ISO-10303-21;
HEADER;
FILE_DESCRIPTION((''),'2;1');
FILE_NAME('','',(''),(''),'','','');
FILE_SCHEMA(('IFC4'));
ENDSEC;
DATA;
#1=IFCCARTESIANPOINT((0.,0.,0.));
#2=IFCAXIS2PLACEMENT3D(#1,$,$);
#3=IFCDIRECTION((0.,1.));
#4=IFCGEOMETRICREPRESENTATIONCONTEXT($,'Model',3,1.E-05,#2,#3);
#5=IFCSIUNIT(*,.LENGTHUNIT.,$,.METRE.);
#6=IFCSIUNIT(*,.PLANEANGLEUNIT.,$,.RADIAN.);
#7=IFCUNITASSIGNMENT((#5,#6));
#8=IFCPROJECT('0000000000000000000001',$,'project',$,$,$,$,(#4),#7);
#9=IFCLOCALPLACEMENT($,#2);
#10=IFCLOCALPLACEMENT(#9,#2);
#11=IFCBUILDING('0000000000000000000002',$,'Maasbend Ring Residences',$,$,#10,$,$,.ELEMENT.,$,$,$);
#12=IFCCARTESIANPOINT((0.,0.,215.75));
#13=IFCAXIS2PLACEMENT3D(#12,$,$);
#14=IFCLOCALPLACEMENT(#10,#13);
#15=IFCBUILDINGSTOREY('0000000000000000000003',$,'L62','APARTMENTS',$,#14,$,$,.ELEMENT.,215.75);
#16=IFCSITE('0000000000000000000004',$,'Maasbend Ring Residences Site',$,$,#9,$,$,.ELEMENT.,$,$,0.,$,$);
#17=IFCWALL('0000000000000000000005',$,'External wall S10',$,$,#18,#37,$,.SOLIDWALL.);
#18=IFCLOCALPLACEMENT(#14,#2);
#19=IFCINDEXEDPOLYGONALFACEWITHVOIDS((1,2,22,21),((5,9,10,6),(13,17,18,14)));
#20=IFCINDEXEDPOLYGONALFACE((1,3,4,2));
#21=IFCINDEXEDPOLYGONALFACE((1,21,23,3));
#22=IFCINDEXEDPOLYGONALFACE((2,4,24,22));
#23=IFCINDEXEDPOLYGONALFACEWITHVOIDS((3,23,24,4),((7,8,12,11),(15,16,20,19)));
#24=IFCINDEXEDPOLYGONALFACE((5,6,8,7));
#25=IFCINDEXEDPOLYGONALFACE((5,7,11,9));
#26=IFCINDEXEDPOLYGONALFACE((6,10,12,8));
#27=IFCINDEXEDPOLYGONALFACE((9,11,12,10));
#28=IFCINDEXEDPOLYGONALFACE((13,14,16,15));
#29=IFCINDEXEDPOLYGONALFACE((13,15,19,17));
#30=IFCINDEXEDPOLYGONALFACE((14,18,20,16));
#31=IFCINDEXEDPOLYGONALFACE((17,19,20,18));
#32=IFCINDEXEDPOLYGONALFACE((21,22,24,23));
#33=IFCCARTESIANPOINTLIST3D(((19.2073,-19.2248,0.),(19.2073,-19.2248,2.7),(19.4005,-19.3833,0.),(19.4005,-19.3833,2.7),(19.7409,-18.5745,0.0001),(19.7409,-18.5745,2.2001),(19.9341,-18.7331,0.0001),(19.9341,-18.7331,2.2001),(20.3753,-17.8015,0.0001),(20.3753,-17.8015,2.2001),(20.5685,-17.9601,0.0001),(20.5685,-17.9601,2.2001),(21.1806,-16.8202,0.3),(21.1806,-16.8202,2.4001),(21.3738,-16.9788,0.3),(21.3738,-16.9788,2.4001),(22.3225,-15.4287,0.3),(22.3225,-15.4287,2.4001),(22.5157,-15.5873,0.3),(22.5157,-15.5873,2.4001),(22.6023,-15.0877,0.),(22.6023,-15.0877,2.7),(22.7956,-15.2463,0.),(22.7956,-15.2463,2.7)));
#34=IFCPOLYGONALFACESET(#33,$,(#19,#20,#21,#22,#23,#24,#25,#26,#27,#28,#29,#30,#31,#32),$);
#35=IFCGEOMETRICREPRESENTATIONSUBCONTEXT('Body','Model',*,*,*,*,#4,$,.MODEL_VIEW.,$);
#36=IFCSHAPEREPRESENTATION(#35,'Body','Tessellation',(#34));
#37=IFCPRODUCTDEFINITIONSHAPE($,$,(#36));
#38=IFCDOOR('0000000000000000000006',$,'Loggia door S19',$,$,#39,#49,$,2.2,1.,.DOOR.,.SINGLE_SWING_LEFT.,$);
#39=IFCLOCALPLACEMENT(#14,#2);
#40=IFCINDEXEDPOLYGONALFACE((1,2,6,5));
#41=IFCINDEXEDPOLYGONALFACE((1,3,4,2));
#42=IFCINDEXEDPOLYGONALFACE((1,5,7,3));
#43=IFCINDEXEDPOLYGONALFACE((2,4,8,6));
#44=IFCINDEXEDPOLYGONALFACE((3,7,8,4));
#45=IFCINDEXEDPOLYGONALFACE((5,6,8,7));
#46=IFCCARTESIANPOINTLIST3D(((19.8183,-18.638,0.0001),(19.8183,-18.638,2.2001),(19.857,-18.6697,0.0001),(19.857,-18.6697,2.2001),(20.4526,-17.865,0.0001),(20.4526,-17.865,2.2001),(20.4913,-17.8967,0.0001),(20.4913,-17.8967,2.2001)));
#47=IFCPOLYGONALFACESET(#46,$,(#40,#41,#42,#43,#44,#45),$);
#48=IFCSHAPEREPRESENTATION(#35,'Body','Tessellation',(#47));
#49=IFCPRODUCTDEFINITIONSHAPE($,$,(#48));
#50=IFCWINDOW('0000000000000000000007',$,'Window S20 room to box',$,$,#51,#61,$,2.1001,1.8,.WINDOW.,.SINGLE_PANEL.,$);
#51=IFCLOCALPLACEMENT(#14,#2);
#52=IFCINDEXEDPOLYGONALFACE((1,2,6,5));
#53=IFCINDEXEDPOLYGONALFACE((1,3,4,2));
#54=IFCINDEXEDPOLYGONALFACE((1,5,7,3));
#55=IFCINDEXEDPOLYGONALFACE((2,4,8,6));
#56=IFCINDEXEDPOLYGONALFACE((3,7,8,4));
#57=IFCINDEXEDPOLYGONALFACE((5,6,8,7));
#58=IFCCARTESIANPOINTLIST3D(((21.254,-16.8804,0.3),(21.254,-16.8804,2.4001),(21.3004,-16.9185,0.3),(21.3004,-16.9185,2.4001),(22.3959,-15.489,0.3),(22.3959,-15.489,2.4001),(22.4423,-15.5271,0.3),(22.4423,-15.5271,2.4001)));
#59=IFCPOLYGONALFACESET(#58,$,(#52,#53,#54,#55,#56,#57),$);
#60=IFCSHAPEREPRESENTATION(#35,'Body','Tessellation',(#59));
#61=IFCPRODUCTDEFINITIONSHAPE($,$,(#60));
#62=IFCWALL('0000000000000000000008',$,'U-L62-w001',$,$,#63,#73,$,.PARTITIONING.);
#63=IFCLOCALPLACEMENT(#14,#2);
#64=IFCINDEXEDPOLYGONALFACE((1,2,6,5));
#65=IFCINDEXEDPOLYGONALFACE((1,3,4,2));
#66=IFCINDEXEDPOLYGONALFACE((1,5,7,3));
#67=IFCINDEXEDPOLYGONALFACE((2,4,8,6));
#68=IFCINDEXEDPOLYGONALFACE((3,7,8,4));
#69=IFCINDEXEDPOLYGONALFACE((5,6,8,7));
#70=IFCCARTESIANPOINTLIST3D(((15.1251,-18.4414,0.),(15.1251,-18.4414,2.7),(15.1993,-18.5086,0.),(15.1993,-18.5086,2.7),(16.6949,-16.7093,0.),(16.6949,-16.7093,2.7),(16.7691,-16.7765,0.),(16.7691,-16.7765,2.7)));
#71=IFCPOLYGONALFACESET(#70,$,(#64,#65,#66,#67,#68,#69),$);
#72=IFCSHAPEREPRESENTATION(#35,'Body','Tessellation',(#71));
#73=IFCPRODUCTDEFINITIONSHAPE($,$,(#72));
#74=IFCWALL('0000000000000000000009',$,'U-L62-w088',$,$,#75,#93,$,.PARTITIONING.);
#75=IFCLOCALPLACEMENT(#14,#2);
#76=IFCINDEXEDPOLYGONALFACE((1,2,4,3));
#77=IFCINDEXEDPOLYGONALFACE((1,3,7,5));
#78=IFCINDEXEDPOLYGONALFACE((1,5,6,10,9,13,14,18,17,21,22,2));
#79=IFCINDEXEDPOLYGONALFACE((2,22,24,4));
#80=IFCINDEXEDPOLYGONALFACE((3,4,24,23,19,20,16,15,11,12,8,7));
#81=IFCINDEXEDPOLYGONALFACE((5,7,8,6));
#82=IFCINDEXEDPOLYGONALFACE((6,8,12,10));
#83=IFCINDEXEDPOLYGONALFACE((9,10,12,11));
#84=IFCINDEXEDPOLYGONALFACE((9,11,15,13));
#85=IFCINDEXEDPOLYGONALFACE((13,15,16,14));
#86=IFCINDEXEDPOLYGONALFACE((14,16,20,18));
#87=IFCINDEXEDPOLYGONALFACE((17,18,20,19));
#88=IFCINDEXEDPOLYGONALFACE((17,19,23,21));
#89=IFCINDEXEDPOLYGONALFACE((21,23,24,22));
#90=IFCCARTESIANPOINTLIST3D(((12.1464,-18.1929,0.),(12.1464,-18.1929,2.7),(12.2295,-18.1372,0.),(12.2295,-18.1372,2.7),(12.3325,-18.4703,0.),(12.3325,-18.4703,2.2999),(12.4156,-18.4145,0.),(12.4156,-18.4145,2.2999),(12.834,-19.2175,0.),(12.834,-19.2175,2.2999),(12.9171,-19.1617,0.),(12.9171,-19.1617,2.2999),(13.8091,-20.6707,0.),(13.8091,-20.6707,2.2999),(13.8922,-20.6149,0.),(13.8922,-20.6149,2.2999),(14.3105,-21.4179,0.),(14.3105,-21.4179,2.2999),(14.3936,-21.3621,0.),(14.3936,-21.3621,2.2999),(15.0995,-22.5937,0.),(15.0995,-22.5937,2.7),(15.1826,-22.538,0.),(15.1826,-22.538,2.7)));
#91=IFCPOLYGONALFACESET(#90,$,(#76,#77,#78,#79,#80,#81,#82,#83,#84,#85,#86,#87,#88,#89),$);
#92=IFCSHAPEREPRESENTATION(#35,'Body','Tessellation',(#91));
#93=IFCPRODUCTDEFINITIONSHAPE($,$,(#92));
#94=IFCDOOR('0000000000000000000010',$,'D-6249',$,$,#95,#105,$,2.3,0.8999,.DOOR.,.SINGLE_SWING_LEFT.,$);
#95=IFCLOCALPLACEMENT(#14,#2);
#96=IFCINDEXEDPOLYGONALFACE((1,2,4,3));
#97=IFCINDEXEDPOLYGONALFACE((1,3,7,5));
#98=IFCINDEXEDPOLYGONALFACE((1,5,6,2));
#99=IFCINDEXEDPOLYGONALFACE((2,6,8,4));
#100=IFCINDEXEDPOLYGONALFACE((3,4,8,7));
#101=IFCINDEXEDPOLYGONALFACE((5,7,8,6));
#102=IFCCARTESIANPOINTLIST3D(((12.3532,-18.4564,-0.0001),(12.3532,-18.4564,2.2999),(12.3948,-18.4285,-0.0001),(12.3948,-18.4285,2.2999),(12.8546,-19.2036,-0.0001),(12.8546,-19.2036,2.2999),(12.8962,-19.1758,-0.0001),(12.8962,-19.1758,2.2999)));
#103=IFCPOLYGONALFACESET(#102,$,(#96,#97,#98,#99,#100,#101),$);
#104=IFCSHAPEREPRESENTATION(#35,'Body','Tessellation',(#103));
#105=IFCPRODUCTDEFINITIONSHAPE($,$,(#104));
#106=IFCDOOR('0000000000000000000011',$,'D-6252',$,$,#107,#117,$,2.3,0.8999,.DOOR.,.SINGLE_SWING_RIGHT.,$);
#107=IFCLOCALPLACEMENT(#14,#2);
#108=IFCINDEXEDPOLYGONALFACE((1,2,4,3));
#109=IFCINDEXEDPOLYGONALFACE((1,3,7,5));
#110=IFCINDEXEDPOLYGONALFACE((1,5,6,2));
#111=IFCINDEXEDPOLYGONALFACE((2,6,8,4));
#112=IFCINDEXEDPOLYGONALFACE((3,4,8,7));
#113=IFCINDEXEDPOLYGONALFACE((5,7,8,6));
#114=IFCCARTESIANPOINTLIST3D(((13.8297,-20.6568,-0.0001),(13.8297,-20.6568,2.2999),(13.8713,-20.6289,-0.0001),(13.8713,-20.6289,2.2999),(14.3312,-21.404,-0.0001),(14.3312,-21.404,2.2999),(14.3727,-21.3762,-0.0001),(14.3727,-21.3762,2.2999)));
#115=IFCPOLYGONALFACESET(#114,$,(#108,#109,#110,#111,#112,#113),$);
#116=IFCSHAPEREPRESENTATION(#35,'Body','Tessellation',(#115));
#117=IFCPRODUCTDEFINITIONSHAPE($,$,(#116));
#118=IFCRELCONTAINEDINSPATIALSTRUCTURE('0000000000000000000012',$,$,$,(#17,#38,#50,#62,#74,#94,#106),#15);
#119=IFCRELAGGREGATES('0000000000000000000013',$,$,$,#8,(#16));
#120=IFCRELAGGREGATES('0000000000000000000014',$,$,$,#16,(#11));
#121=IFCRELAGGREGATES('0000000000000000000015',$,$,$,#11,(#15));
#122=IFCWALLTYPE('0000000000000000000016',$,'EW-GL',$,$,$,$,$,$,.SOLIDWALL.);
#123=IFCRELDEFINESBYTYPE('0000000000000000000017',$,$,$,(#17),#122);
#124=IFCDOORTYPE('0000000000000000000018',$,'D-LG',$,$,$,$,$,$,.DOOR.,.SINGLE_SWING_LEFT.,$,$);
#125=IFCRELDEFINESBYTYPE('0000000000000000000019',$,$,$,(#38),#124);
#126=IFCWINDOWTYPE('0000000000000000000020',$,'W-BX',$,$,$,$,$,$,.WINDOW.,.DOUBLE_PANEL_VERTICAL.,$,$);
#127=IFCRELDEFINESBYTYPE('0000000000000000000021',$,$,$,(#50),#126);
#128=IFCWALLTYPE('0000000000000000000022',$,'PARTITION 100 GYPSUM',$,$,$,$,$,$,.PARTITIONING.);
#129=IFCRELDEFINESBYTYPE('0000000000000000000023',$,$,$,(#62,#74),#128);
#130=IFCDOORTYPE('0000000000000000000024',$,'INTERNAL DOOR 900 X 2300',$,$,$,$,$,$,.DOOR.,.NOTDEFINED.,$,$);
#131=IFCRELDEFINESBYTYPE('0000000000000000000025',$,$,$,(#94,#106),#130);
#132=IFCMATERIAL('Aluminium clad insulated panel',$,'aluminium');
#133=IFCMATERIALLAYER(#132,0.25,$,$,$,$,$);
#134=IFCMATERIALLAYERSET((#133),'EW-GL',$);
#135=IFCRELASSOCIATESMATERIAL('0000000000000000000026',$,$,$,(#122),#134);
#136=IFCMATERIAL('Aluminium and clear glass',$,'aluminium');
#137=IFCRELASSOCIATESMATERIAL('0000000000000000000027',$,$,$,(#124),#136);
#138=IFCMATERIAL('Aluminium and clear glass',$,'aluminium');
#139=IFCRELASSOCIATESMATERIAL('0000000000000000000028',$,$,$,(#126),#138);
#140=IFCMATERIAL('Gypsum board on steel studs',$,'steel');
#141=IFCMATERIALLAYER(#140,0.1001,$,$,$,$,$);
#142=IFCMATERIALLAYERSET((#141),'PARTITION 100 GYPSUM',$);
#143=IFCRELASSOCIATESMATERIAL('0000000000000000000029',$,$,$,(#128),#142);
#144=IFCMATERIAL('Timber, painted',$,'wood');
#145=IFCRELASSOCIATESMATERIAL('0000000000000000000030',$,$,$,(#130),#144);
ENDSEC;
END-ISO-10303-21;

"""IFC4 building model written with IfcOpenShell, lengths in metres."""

from ifc_helpers import new_model, si_unit, direction, frame, frame_2d, origin, place, context, subcontext, project, spatial, rectangle, extrude, material, layer, layer_set, type_object, element, fill, save


model = new_model("IFC4")

# Units and contexts
model_context = context("Model", 3, precision=1e-05, world=origin(), true_north=direction((0.0, 1.0)))
body_context = subcontext(model_context, "Body", "Model", "MODEL_VIEW")
ifc_project = project(units=[si_unit("LENGTHUNIT", "METRE"), si_unit("PLANEANGLEUNIT", "RADIAN")], contexts=[model_context])

# Site, building, storey
site_placement = place(None, origin())
site = spatial("IfcSite", under=ifc_project, at=site_placement, Name="Maasbend Ring Residences Site", CompositionType="ELEMENT", RefElevation=0.0)
building_placement = place(site_placement, origin())
building = spatial("IfcBuilding", under=site, at=building_placement, Name="Maasbend Ring Residences", CompositionType="ELEMENT")
storey_placement = place(building_placement, frame((0.0, 0.0, 215.75)))
storey = spatial("IfcBuildingStorey", under=building, at=storey_placement, Name="L62", Description="APARTMENTS", CompositionType="ELEMENT", Elevation=215.75)

# Wall, openings, door, window
ifc_material_1 = material(Name="Aluminium clad insulated panel", Category="aluminium")
ifc_layer_1 = layer(ifc_material_1, 0.25)
ifc_layer_set_1 = layer_set([ifc_layer_1], Name="EW-GL")
wall_type_1 = type_object("IfcWallType", Name="EW-GL", PredefinedType="SOLIDWALL", material=ifc_layer_set_1)
ifc_material_2 = material(Name="Aluminium and clear glass", Category="aluminium")
door_type_1 = type_object("IfcDoorType", Name="D-LG", OperationType="SINGLE_SWING_LEFT", PredefinedType="DOOR", material=ifc_material_2)
ifc_material_3 = material(Name="Aluminium and clear glass", Category="aluminium")
window_type_1 = type_object("IfcWindowType", Name="W-BX", PartitioningType="DOUBLE_PANEL_VERTICAL", PredefinedType="WINDOW", material=ifc_material_3)
wall_1_placement = place(storey_placement, frame((19.304, -19.304, 0.0), z_axis=(0.0, 0.0, 1.0), x_axis=(0.634382, 0.773019, 0.0)))
wall_1 = element("IfcWall", 1, at=wall_1_placement, inside=storey, type_object=wall_type_1, Name="External wall S10", PredefinedType="SOLIDWALL", context=body_context, shape_type="SweptSolid", body=[
    extrude(rectangle(XDim=5.3518, YDim=0.25, at=frame_2d((2.6758, 0.0))), origin(), (0.0, 0.0, 1.0), 2.7),
])
opening_1_placement = place(wall_1_placement, frame((0.8411, 0.0, 0.0)))
opening_1 = element("IfcOpeningElement", 2, at=opening_1_placement, cuts=wall_1, PredefinedType="OPENING", context=body_context, shape_type="SweptSolid", body=[
    extrude(rectangle(XDim=1.0, YDim=2.2, at=frame_2d((0.5, 1.1001))), frame((0.0, 0.135, 0.0), z_axis=(0.0, -1.0, 0.0), x_axis=(1.0, 0.0, 0.0)), (0.0, 0.0, 1.0), 0.27),
])
opening_2_placement = place(wall_1_placement, frame((3.1106, 0.0, 0.3)))
opening_2 = element("IfcOpeningElement", 3, at=opening_2_placement, cuts=wall_1, PredefinedType="OPENING", context=body_context, shape_type="SweptSolid", body=[
    extrude(rectangle(XDim=1.8, YDim=2.1001, at=frame_2d((0.8999, 1.05))), frame((0.0, 0.135, 0.0), z_axis=(0.0, -1.0, 0.0), x_axis=(1.0, 0.0, 0.0)), (0.0, 0.0, 1.0), 0.27),
])
door_1_placement = place(opening_1_placement, origin())
door_1 = element("IfcDoor", 4, at=door_1_placement, inside=storey, type_object=door_type_1, Name="Loggia door S19", OperationType="SINGLE_SWING_LEFT", OverallHeight=2.2, OverallWidth=1.0, PredefinedType="DOOR", context=body_context, shape_type="SweptSolid", body=[
    extrude(rectangle(XDim=1.0, YDim=2.2, at=frame_2d((0.5, 1.1001))), frame((0.0, 0.0249, 0.0), z_axis=(0.0, -1.0, 0.0), x_axis=(1.0, 0.0, 0.0)), (0.0, 0.0, 1.0), 0.05),
])
fill(opening_1, door_1)
window_1_placement = place(opening_2_placement, origin())
window_1 = element("IfcWindow", 5, at=window_1_placement, inside=storey, type_object=window_type_1, Name="Window S20 room to box", OverallHeight=2.1001, OverallWidth=1.8, PartitioningType="SINGLE_PANEL", PredefinedType="WINDOW", context=body_context, shape_type="SweptSolid", body=[
    extrude(rectangle(XDim=1.8, YDim=2.1001, at=frame_2d((0.8999, 1.05))), frame((0.0, 0.03, 0.0), z_axis=(0.0, -1.0, 0.0), x_axis=(1.0, 0.0, 0.0)), (0.0, 0.0, 1.0), 0.0601),
])
fill(opening_2, window_1)

# Wall
ifc_material_4 = material(Name="Gypsum board on steel studs", Category="steel")
ifc_layer_2 = layer(ifc_material_4, 0.1001)
ifc_layer_set_2 = layer_set([ifc_layer_2], Name="PARTITION 100 GYPSUM")
wall_type_2 = type_object("IfcWallType", Name="PARTITION 100 GYPSUM", PredefinedType="PARTITIONING", material=ifc_layer_set_2)
wall_2_placement = place(storey_placement, frame((15.1621, -18.4751, 0.0), z_axis=(0.0, 0.0, 1.0), x_axis=(0.671528, 0.740979, 0.0)))
element("IfcWall", 6, at=wall_2_placement, inside=storey, type_object=wall_type_2, Name="U-L62-w001", PredefinedType="PARTITIONING", context=body_context, shape_type="SweptSolid", body=[
    extrude(rectangle(XDim=2.3376, YDim=0.1001, at=frame_2d((1.1689, 0.0))), origin(), (0.0, 0.0, 1.0), 2.7),
])

# Wall, openings, doors
wall_3_placement = place(storey_placement, frame((12.188, -18.165, 0.0), z_axis=(0.0, 0.0, 1.0), x_axis=(0.557206, -0.830374, 0.0)))
wall_3 = element("IfcWall", 7, at=wall_3_placement, inside=storey, type_object=wall_type_2, Name="U-L62-w088", PredefinedType="PARTITIONING", context=body_context, shape_type="SweptSolid", body=[
    extrude(rectangle(XDim=5.2998, YDim=0.1001, at=frame_2d((2.6499, 0.0))), origin(), (0.0, 0.0, 1.0), 2.7),
])
opening_3_placement = place(wall_3_placement, frame((0.334, 0.0, 0.0)))
opening_3 = element("IfcOpeningElement", 8, at=opening_3_placement, cuts=wall_3, PredefinedType="OPENING", context=body_context, shape_type="SweptSolid", body=[
    extrude(rectangle(XDim=0.8999, YDim=2.3, at=frame_2d((0.45, 1.1499))), frame((0.0, 0.0601, 0.0), z_axis=(0.0, -1.0, 0.0), x_axis=(1.0, 0.0, 0.0)), (0.0, 0.0, 1.0), 0.1201),
])
opening_4_placement = place(wall_3_placement, frame((2.9839, 0.0, 0.0)))
opening_4 = element("IfcOpeningElement", 9, at=opening_4_placement, cuts=wall_3, PredefinedType="OPENING", context=body_context, shape_type="SweptSolid", body=[
    extrude(rectangle(XDim=0.8999, YDim=2.3, at=frame_2d((0.45, 1.1499))), frame((0.0, 0.0601, 0.0), z_axis=(0.0, -1.0, 0.0), x_axis=(1.0, 0.0, 0.0)), (0.0, 0.0, 1.0), 0.1201),
])
ifc_material_5 = material(Name="Timber, painted", Category="wood")
door_type_2 = type_object("IfcDoorType", Name="INTERNAL DOOR 900 X 2300", OperationType="NOTDEFINED", PredefinedType="DOOR", material=ifc_material_5)
door_2_placement = place(opening_3_placement, origin())
door_2 = element("IfcDoor", 10, at=door_2_placement, inside=storey, type_object=door_type_2, Name="D-6249", OperationType="SINGLE_SWING_LEFT", OverallHeight=2.3, OverallWidth=0.8999, PredefinedType="DOOR", context=body_context, shape_type="SweptSolid", body=[
    extrude(rectangle(XDim=0.8999, YDim=2.3, at=frame_2d((0.45, 1.1499))), frame((0.0, 0.0249, 0.0), z_axis=(0.0, -1.0, 0.0), x_axis=(1.0, 0.0, 0.0)), (0.0, 0.0, 1.0), 0.05),
])
fill(opening_3, door_2)
door_3_placement = place(opening_4_placement, origin())
door_3 = element("IfcDoor", 11, at=door_3_placement, inside=storey, type_object=door_type_2, Name="D-6252", OperationType="SINGLE_SWING_RIGHT", OverallHeight=2.3, OverallWidth=0.8999, PredefinedType="DOOR", context=body_context, shape_type="SweptSolid", body=[
    extrude(rectangle(XDim=0.8999, YDim=2.3, at=frame_2d((0.45, 1.1499))), frame((0.0, 0.0249, 0.0), z_axis=(0.0, -1.0, 0.0), x_axis=(1.0, 0.0, 0.0)), (0.0, 0.0, 1.0), 0.05),
])
fill(opening_4, door_3)

save(model, "model.ifc")
